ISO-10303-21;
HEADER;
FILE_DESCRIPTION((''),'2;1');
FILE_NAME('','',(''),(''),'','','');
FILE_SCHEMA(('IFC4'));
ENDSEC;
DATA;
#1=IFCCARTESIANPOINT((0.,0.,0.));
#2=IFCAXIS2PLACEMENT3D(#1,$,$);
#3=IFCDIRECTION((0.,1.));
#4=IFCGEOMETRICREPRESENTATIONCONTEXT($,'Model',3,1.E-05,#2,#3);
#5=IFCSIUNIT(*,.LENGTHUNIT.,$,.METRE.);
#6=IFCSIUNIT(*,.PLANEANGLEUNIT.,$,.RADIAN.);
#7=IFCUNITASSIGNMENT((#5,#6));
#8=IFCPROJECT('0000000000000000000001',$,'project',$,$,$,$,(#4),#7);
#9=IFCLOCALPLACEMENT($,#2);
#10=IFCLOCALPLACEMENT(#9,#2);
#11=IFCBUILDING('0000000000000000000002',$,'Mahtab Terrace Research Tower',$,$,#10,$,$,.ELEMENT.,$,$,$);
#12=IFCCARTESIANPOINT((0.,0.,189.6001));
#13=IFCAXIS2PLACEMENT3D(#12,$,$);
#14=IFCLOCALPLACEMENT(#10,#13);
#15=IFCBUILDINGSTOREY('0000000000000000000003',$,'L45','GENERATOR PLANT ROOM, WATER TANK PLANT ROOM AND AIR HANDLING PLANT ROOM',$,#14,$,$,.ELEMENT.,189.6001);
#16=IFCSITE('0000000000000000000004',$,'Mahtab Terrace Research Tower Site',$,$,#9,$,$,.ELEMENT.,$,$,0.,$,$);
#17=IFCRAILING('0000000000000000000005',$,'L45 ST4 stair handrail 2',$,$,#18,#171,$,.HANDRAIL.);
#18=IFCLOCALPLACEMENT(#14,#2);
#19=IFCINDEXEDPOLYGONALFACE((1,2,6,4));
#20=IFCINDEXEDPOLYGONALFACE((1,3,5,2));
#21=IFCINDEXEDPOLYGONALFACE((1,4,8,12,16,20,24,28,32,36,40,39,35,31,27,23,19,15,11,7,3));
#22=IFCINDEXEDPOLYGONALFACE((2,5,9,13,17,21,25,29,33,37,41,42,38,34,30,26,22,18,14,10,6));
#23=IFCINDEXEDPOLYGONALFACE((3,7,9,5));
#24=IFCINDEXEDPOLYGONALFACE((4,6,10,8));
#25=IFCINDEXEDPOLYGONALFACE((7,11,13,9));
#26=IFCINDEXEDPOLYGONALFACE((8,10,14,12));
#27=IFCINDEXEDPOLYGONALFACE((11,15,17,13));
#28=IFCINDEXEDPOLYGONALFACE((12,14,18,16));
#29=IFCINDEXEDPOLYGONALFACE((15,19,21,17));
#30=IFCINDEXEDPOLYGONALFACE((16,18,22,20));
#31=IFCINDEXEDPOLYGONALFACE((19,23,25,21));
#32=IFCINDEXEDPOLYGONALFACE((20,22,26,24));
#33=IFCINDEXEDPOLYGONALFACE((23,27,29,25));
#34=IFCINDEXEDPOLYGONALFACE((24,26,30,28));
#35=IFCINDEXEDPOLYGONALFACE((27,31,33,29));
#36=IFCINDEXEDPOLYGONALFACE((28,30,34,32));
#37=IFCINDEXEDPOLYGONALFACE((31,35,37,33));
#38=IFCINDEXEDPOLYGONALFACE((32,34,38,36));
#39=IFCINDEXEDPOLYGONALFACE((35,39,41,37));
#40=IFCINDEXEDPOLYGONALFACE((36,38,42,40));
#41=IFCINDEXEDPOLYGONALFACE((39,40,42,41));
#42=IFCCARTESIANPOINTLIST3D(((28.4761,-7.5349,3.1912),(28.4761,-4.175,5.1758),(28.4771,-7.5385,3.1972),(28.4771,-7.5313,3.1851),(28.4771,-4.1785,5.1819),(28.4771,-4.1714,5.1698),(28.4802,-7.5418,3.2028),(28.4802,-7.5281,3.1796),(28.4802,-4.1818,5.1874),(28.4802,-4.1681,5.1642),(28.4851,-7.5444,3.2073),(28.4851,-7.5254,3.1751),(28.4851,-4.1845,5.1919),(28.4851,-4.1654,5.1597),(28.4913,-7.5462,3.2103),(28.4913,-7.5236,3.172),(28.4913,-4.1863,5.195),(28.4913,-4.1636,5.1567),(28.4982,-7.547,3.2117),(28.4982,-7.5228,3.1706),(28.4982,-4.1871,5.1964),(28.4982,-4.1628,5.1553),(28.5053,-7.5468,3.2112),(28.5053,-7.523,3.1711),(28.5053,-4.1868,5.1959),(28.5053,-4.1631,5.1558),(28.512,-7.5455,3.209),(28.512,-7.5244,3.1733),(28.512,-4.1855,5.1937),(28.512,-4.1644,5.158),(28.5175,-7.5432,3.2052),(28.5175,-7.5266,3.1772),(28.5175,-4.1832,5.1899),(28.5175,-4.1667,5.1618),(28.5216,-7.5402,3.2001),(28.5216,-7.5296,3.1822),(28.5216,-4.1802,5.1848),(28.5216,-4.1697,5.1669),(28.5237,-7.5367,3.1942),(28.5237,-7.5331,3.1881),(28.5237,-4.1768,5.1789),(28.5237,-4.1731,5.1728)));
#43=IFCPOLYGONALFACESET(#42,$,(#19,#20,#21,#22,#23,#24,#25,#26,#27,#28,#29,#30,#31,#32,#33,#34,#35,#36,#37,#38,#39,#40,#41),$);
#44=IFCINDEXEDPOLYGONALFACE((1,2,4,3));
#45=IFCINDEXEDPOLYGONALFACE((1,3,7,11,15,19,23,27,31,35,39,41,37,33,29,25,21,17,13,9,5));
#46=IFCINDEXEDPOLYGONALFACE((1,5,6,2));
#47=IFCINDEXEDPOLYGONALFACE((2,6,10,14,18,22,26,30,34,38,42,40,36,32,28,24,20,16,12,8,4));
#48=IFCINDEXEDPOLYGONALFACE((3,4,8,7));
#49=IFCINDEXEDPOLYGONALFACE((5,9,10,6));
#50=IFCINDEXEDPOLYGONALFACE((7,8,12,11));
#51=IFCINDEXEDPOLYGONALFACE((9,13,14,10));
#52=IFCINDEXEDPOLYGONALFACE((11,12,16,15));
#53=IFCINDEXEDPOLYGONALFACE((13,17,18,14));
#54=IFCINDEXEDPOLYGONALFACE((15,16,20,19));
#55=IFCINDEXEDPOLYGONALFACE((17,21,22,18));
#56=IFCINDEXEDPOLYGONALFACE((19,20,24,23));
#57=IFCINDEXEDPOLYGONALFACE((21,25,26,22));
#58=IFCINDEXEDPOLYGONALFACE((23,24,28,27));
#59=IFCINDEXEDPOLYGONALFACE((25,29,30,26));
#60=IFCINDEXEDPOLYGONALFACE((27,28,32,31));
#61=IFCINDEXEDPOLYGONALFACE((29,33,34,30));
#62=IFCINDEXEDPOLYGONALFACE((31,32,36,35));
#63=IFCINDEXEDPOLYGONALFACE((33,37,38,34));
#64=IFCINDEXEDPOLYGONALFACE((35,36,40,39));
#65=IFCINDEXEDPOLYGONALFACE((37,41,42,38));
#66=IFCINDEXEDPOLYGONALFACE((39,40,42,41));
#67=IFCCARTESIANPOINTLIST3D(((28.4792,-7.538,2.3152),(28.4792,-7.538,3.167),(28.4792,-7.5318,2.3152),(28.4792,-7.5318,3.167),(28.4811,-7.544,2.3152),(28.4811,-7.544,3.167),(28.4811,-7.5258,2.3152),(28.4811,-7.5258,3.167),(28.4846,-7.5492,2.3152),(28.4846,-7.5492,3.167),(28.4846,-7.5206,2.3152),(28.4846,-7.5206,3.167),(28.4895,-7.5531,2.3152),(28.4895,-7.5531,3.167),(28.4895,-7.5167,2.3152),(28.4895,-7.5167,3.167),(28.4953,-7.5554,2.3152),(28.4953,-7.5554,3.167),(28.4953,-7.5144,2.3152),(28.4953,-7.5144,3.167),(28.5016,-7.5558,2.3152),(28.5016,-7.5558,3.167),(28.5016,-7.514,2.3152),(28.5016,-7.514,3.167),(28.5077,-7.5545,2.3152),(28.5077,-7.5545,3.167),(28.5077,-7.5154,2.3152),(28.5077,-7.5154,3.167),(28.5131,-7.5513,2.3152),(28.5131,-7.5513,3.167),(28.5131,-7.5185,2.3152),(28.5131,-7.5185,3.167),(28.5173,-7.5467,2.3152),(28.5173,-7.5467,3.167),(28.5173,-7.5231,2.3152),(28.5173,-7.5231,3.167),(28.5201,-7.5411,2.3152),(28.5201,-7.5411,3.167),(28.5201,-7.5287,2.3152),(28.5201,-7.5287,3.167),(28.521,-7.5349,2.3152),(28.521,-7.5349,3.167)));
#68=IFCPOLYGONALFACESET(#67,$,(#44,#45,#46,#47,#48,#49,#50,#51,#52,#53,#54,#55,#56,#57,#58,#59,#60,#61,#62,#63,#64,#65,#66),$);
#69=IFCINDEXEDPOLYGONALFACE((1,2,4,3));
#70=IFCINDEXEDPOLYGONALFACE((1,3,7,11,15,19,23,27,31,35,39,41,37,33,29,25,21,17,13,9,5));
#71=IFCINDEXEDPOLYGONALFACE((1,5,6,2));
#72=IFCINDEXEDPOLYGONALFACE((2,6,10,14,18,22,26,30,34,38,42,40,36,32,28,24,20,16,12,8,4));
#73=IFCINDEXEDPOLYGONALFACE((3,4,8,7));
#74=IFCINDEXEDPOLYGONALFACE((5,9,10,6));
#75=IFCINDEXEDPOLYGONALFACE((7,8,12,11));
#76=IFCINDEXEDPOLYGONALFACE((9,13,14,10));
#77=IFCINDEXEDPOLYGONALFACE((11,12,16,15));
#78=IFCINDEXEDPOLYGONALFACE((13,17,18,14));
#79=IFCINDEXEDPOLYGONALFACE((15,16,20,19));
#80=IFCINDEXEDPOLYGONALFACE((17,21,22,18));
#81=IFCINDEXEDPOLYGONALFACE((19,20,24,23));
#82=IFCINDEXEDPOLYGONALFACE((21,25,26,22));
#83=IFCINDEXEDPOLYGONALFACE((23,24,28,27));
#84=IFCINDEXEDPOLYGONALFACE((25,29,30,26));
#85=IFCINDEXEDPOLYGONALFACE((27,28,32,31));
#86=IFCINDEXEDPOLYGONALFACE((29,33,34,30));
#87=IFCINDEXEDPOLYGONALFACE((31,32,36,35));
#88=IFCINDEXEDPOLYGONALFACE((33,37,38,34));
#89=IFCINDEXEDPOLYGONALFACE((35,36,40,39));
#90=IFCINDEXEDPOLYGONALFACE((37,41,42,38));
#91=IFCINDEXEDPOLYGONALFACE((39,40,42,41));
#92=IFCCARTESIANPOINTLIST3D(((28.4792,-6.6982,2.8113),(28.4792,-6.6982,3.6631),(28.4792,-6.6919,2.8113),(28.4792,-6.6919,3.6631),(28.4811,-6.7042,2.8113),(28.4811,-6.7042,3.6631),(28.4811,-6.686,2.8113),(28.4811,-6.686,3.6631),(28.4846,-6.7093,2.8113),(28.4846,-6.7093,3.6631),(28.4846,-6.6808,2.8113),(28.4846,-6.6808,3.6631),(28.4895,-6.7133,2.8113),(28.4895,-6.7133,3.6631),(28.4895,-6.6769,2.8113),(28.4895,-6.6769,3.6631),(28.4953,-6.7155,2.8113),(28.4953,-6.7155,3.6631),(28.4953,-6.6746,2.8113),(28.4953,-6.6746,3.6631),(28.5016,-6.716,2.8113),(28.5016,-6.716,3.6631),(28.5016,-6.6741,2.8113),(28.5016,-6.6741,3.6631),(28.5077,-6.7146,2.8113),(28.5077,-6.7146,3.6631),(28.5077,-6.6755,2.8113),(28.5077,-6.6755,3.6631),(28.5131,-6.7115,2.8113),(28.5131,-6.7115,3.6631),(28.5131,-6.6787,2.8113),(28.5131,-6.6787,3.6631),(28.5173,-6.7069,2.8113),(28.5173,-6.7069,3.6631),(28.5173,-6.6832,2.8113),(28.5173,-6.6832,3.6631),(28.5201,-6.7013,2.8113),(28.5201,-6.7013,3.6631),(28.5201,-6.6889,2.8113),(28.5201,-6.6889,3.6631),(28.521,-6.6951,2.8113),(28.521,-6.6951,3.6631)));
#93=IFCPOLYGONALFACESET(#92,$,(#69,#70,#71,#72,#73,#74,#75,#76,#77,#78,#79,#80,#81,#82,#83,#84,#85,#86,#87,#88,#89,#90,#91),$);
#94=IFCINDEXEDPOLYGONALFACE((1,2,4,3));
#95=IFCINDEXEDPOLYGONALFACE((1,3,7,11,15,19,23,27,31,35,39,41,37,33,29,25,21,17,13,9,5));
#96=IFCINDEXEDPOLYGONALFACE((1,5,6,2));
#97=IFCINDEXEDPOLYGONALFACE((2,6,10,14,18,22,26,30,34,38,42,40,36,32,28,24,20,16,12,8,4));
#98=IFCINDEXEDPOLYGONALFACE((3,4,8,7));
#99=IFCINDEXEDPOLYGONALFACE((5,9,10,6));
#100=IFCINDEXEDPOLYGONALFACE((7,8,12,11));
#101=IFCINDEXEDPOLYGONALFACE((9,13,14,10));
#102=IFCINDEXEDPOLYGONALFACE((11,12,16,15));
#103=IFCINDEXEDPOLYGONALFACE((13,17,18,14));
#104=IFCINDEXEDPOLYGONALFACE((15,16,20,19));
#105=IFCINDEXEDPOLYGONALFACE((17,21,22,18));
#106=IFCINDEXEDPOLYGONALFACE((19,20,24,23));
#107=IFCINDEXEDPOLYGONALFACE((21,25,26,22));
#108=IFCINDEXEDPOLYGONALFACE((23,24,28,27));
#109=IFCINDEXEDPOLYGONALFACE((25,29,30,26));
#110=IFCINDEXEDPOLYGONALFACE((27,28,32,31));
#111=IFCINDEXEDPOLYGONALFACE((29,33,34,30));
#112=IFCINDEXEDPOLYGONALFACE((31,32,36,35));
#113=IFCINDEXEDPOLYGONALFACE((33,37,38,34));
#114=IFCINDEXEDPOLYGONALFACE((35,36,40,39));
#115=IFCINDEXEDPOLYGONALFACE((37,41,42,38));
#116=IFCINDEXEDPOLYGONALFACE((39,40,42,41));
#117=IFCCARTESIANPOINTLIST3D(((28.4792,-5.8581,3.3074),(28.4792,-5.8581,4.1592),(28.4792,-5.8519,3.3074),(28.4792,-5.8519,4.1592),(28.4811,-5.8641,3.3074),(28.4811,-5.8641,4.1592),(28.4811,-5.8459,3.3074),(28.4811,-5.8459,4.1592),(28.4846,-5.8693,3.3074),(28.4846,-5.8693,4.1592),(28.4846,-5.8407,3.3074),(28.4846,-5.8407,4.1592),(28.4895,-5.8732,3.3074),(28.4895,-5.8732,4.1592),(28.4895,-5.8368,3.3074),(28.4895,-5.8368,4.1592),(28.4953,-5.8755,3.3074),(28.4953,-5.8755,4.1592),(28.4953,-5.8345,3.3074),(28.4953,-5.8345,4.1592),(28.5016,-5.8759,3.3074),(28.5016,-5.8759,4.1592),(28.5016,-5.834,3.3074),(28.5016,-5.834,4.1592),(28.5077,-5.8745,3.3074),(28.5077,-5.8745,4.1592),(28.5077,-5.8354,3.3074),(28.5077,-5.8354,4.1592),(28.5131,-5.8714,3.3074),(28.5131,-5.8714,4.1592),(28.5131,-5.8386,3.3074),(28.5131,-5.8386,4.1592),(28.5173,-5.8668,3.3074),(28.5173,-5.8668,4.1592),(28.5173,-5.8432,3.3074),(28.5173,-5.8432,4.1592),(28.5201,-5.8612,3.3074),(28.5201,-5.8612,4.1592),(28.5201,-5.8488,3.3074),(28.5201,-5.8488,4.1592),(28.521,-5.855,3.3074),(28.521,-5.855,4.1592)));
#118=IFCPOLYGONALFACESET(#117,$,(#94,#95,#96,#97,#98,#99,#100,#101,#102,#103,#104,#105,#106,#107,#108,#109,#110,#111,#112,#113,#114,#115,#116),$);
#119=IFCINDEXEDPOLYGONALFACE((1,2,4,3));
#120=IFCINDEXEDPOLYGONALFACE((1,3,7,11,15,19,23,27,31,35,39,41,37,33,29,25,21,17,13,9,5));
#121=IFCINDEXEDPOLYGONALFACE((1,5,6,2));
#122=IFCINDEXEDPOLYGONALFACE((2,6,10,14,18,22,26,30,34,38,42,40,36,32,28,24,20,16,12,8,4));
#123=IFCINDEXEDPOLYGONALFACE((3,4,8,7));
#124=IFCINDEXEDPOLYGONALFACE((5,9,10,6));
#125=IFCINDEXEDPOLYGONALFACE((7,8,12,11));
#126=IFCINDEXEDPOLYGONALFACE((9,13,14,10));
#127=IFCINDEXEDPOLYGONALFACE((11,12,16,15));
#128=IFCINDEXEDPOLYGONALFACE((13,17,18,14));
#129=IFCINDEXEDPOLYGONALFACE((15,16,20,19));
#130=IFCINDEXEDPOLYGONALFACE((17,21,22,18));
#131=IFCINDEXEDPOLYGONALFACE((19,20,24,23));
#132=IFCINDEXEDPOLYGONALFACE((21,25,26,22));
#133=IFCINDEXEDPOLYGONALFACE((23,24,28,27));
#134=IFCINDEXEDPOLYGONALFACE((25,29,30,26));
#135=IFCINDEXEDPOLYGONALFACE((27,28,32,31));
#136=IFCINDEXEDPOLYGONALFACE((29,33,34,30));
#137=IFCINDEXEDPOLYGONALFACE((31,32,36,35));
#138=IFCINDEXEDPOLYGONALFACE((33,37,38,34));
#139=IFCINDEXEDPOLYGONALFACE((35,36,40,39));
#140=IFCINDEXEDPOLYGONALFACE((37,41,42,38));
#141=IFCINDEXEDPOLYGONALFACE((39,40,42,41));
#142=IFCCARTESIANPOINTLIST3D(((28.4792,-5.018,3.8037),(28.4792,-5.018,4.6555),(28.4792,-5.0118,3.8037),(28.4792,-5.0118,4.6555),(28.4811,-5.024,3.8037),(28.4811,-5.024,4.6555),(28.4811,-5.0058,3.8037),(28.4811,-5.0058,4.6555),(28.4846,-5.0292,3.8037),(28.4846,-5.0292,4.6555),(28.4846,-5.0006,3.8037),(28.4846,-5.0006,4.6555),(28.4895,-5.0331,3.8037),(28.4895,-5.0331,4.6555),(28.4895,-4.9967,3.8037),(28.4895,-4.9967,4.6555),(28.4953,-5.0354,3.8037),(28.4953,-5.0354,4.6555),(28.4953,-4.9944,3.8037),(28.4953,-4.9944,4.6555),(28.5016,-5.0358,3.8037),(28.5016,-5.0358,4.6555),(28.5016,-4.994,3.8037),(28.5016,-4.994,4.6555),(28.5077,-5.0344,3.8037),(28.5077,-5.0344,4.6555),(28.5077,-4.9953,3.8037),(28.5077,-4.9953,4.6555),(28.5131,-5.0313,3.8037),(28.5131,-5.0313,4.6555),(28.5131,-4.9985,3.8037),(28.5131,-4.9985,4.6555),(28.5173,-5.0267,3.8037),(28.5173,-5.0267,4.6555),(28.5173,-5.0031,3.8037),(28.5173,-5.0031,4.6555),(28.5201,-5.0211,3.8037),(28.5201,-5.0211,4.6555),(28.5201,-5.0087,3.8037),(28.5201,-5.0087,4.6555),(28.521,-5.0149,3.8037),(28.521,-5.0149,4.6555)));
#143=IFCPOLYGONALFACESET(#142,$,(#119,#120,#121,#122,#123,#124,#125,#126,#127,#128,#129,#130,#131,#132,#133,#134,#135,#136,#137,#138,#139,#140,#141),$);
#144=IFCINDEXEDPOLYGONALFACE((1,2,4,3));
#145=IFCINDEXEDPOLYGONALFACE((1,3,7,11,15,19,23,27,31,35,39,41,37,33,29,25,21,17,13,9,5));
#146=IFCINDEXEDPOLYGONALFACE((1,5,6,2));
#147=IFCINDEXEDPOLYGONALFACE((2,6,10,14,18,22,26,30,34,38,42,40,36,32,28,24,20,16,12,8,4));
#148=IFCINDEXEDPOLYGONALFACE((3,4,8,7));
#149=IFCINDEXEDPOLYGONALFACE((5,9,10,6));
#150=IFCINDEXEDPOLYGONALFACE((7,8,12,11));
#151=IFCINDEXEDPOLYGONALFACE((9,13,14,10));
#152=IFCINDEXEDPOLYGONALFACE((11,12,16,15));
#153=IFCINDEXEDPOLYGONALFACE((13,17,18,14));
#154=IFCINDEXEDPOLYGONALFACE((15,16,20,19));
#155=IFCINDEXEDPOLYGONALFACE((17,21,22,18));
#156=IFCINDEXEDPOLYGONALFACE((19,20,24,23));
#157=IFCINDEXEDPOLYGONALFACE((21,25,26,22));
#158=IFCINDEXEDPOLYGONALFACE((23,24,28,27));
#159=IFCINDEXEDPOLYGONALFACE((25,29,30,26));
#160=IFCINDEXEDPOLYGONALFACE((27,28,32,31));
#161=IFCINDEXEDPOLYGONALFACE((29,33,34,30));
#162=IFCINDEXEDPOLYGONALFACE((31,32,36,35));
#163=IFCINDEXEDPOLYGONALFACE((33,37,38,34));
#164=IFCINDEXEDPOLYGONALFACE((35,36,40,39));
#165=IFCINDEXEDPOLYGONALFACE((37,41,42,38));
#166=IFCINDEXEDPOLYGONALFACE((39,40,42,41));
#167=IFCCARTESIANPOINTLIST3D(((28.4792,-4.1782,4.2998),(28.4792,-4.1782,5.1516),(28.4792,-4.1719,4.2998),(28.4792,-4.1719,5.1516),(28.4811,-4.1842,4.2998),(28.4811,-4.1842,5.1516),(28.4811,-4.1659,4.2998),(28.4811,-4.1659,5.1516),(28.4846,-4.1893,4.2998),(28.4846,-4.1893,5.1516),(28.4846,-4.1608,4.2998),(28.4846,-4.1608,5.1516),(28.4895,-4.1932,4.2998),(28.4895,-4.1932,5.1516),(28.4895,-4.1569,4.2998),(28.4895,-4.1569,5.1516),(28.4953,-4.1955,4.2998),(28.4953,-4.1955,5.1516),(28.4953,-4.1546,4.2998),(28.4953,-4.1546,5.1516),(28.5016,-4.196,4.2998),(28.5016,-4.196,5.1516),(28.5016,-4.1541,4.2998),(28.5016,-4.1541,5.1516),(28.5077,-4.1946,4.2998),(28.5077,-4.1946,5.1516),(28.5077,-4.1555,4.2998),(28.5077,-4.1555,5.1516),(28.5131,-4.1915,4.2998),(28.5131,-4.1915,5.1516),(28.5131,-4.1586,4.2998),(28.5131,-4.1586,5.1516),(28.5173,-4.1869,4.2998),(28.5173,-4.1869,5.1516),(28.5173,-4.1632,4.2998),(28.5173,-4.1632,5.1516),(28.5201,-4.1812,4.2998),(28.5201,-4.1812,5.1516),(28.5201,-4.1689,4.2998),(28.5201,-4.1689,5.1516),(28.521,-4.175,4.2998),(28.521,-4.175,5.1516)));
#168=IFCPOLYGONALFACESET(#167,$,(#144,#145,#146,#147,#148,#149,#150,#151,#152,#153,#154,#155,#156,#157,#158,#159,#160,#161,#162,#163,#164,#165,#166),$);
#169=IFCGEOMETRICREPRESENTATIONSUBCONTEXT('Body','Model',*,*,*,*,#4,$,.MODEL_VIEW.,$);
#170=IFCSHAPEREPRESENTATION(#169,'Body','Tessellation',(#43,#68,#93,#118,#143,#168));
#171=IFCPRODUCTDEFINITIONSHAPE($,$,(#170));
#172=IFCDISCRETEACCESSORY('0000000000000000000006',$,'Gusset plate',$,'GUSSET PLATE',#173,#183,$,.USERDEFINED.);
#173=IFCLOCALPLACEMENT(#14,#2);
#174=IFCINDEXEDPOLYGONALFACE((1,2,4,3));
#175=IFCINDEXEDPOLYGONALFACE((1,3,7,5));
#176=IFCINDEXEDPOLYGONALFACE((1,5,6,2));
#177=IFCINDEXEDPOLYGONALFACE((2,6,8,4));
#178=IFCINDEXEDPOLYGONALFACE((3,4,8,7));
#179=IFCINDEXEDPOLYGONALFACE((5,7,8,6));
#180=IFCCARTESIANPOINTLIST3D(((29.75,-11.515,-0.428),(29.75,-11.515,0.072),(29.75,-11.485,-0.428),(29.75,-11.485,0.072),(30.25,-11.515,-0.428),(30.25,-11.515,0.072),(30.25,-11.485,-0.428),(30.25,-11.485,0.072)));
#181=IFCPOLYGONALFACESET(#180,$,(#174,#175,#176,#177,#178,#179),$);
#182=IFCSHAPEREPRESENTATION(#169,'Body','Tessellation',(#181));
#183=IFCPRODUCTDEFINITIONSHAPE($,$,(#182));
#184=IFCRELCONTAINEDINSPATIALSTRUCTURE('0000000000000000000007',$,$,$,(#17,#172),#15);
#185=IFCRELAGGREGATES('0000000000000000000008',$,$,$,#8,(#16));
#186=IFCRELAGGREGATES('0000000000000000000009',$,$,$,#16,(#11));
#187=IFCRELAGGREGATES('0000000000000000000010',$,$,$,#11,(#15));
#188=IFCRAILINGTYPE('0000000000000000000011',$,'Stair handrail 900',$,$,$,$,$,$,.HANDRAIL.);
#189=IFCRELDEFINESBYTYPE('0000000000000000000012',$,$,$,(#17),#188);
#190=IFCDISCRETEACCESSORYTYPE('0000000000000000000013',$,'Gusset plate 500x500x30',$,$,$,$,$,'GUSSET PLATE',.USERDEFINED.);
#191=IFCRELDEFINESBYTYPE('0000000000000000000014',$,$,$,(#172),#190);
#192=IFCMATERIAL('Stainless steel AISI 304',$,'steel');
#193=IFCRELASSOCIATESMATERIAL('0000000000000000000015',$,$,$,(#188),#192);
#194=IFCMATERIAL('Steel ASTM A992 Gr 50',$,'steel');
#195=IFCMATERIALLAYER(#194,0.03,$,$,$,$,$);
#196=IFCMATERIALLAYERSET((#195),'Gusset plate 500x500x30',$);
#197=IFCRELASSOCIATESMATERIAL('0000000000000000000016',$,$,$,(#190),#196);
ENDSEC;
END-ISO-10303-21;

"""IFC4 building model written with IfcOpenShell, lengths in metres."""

from ifc_helpers import new_model, si_unit, direction, frame, origin, origin_2d, place, context, subcontext, project, spatial, rectangle, circle, extrude, material, layer, layer_set, type_object, element, save


model = new_model("IFC4")

# Units and contexts
model_context = context("Model", 3, precision=1e-05, world=origin(), true_north=direction((0.0, 1.0)))
body_context = subcontext(model_context, "Body", "Model", "MODEL_VIEW")
ifc_project = project(units=[si_unit("LENGTHUNIT", "METRE"), si_unit("PLANEANGLEUNIT", "RADIAN")], contexts=[model_context])

# Site, building, storey
site_placement = place(None, origin())
site = spatial("IfcSite", under=ifc_project, at=site_placement, Name="Mahtab Terrace Research Tower Site", CompositionType="ELEMENT", RefElevation=0.0)
building_placement = place(site_placement, origin())
building = spatial("IfcBuilding", under=site, at=building_placement, Name="Mahtab Terrace Research Tower", CompositionType="ELEMENT")
storey_placement = place(building_placement, frame((0.0, 0.0, 189.6001)))
storey = spatial("IfcBuildingStorey", under=building, at=storey_placement, Name="L45", Description="GENERATOR PLANT ROOM, WATER TANK PLANT ROOM AND AIR HANDLING PLANT ROOM", CompositionType="ELEMENT", Elevation=189.6001)

# Shared definitions
ifc_material_1 = material(Name="Steel ASTM A992 Gr 50", Category="steel")

# Railing
ifc_material_2 = material(Name="Stainless steel AISI 304", Category="steel")
railing_type_1 = type_object("IfcRailingType", Name="Stair handrail 900", PredefinedType="HANDRAIL", material=ifc_material_2)
railing_1_placement = place(storey_placement, frame((28.5, -7.5349, 2.3152)))
element("IfcRailing", 1, at=railing_1_placement, inside=storey, type_object=railing_type_1, Name="L45 ST4 stair handrail 2", PredefinedType="HANDRAIL", context=body_context, shape_type="SweptSolid", body=[
    extrude(circle(Radius=0.0239, at=origin_2d()), frame((0.0, 0.0, 0.876), z_axis=(0.0, 0.861011, 0.508586), x_axis=(-1.0, 0.0, 0.0)), (0.0, 0.0, 1.0), 3.9023),
    extrude(circle(Radius=0.021, at=origin_2d()), origin(), (0.0, 0.0, 1.0), 0.8518),
    extrude(circle(Radius=0.021, at=origin_2d()), frame((0.0, 0.8398, 0.4961)), (0.0, 0.0, 1.0), 0.8518),
    extrude(circle(Radius=0.021, at=origin_2d()), frame((0.0, 1.6799, 0.9922)), (0.0, 0.0, 1.0), 0.8518),
    extrude(circle(Radius=0.021, at=origin_2d()), frame((0.0, 2.52, 1.4885)), (0.0, 0.0, 1.0), 0.8518),
    extrude(circle(Radius=0.021, at=origin_2d()), frame((0.0, 3.3599, 1.9846)), (0.0, 0.0, 1.0), 0.8518),
])

# Discrete accessory
ifc_layer_1 = layer(ifc_material_1, 0.03)
ifc_layer_set_1 = layer_set([ifc_layer_1], Name="Gusset plate 500x500x30")
discrete_accessory_type = type_object("IfcDiscreteAccessoryType", Name="Gusset plate 500x500x30", ElementType="GUSSET PLATE", PredefinedType="USERDEFINED", material=ifc_layer_set_1)
discrete_accessory_placement = place(storey_placement, frame((30.0, -11.5, -0.428), z_axis=(0.0, 0.0, 1.0), x_axis=(1.0, 0.0, 0.0)))
element("IfcDiscreteAccessory", 2, at=discrete_accessory_placement, inside=storey, type_object=discrete_accessory_type, Name="Gusset plate", ObjectType="GUSSET PLATE", PredefinedType="USERDEFINED", context=body_context, shape_type="SweptSolid", body=[
    extrude(rectangle(XDim=0.5, YDim=0.03, at=origin_2d()), origin(), (0.0, 0.0, 1.0), 0.5),
])

save(model, "model.ifc")
